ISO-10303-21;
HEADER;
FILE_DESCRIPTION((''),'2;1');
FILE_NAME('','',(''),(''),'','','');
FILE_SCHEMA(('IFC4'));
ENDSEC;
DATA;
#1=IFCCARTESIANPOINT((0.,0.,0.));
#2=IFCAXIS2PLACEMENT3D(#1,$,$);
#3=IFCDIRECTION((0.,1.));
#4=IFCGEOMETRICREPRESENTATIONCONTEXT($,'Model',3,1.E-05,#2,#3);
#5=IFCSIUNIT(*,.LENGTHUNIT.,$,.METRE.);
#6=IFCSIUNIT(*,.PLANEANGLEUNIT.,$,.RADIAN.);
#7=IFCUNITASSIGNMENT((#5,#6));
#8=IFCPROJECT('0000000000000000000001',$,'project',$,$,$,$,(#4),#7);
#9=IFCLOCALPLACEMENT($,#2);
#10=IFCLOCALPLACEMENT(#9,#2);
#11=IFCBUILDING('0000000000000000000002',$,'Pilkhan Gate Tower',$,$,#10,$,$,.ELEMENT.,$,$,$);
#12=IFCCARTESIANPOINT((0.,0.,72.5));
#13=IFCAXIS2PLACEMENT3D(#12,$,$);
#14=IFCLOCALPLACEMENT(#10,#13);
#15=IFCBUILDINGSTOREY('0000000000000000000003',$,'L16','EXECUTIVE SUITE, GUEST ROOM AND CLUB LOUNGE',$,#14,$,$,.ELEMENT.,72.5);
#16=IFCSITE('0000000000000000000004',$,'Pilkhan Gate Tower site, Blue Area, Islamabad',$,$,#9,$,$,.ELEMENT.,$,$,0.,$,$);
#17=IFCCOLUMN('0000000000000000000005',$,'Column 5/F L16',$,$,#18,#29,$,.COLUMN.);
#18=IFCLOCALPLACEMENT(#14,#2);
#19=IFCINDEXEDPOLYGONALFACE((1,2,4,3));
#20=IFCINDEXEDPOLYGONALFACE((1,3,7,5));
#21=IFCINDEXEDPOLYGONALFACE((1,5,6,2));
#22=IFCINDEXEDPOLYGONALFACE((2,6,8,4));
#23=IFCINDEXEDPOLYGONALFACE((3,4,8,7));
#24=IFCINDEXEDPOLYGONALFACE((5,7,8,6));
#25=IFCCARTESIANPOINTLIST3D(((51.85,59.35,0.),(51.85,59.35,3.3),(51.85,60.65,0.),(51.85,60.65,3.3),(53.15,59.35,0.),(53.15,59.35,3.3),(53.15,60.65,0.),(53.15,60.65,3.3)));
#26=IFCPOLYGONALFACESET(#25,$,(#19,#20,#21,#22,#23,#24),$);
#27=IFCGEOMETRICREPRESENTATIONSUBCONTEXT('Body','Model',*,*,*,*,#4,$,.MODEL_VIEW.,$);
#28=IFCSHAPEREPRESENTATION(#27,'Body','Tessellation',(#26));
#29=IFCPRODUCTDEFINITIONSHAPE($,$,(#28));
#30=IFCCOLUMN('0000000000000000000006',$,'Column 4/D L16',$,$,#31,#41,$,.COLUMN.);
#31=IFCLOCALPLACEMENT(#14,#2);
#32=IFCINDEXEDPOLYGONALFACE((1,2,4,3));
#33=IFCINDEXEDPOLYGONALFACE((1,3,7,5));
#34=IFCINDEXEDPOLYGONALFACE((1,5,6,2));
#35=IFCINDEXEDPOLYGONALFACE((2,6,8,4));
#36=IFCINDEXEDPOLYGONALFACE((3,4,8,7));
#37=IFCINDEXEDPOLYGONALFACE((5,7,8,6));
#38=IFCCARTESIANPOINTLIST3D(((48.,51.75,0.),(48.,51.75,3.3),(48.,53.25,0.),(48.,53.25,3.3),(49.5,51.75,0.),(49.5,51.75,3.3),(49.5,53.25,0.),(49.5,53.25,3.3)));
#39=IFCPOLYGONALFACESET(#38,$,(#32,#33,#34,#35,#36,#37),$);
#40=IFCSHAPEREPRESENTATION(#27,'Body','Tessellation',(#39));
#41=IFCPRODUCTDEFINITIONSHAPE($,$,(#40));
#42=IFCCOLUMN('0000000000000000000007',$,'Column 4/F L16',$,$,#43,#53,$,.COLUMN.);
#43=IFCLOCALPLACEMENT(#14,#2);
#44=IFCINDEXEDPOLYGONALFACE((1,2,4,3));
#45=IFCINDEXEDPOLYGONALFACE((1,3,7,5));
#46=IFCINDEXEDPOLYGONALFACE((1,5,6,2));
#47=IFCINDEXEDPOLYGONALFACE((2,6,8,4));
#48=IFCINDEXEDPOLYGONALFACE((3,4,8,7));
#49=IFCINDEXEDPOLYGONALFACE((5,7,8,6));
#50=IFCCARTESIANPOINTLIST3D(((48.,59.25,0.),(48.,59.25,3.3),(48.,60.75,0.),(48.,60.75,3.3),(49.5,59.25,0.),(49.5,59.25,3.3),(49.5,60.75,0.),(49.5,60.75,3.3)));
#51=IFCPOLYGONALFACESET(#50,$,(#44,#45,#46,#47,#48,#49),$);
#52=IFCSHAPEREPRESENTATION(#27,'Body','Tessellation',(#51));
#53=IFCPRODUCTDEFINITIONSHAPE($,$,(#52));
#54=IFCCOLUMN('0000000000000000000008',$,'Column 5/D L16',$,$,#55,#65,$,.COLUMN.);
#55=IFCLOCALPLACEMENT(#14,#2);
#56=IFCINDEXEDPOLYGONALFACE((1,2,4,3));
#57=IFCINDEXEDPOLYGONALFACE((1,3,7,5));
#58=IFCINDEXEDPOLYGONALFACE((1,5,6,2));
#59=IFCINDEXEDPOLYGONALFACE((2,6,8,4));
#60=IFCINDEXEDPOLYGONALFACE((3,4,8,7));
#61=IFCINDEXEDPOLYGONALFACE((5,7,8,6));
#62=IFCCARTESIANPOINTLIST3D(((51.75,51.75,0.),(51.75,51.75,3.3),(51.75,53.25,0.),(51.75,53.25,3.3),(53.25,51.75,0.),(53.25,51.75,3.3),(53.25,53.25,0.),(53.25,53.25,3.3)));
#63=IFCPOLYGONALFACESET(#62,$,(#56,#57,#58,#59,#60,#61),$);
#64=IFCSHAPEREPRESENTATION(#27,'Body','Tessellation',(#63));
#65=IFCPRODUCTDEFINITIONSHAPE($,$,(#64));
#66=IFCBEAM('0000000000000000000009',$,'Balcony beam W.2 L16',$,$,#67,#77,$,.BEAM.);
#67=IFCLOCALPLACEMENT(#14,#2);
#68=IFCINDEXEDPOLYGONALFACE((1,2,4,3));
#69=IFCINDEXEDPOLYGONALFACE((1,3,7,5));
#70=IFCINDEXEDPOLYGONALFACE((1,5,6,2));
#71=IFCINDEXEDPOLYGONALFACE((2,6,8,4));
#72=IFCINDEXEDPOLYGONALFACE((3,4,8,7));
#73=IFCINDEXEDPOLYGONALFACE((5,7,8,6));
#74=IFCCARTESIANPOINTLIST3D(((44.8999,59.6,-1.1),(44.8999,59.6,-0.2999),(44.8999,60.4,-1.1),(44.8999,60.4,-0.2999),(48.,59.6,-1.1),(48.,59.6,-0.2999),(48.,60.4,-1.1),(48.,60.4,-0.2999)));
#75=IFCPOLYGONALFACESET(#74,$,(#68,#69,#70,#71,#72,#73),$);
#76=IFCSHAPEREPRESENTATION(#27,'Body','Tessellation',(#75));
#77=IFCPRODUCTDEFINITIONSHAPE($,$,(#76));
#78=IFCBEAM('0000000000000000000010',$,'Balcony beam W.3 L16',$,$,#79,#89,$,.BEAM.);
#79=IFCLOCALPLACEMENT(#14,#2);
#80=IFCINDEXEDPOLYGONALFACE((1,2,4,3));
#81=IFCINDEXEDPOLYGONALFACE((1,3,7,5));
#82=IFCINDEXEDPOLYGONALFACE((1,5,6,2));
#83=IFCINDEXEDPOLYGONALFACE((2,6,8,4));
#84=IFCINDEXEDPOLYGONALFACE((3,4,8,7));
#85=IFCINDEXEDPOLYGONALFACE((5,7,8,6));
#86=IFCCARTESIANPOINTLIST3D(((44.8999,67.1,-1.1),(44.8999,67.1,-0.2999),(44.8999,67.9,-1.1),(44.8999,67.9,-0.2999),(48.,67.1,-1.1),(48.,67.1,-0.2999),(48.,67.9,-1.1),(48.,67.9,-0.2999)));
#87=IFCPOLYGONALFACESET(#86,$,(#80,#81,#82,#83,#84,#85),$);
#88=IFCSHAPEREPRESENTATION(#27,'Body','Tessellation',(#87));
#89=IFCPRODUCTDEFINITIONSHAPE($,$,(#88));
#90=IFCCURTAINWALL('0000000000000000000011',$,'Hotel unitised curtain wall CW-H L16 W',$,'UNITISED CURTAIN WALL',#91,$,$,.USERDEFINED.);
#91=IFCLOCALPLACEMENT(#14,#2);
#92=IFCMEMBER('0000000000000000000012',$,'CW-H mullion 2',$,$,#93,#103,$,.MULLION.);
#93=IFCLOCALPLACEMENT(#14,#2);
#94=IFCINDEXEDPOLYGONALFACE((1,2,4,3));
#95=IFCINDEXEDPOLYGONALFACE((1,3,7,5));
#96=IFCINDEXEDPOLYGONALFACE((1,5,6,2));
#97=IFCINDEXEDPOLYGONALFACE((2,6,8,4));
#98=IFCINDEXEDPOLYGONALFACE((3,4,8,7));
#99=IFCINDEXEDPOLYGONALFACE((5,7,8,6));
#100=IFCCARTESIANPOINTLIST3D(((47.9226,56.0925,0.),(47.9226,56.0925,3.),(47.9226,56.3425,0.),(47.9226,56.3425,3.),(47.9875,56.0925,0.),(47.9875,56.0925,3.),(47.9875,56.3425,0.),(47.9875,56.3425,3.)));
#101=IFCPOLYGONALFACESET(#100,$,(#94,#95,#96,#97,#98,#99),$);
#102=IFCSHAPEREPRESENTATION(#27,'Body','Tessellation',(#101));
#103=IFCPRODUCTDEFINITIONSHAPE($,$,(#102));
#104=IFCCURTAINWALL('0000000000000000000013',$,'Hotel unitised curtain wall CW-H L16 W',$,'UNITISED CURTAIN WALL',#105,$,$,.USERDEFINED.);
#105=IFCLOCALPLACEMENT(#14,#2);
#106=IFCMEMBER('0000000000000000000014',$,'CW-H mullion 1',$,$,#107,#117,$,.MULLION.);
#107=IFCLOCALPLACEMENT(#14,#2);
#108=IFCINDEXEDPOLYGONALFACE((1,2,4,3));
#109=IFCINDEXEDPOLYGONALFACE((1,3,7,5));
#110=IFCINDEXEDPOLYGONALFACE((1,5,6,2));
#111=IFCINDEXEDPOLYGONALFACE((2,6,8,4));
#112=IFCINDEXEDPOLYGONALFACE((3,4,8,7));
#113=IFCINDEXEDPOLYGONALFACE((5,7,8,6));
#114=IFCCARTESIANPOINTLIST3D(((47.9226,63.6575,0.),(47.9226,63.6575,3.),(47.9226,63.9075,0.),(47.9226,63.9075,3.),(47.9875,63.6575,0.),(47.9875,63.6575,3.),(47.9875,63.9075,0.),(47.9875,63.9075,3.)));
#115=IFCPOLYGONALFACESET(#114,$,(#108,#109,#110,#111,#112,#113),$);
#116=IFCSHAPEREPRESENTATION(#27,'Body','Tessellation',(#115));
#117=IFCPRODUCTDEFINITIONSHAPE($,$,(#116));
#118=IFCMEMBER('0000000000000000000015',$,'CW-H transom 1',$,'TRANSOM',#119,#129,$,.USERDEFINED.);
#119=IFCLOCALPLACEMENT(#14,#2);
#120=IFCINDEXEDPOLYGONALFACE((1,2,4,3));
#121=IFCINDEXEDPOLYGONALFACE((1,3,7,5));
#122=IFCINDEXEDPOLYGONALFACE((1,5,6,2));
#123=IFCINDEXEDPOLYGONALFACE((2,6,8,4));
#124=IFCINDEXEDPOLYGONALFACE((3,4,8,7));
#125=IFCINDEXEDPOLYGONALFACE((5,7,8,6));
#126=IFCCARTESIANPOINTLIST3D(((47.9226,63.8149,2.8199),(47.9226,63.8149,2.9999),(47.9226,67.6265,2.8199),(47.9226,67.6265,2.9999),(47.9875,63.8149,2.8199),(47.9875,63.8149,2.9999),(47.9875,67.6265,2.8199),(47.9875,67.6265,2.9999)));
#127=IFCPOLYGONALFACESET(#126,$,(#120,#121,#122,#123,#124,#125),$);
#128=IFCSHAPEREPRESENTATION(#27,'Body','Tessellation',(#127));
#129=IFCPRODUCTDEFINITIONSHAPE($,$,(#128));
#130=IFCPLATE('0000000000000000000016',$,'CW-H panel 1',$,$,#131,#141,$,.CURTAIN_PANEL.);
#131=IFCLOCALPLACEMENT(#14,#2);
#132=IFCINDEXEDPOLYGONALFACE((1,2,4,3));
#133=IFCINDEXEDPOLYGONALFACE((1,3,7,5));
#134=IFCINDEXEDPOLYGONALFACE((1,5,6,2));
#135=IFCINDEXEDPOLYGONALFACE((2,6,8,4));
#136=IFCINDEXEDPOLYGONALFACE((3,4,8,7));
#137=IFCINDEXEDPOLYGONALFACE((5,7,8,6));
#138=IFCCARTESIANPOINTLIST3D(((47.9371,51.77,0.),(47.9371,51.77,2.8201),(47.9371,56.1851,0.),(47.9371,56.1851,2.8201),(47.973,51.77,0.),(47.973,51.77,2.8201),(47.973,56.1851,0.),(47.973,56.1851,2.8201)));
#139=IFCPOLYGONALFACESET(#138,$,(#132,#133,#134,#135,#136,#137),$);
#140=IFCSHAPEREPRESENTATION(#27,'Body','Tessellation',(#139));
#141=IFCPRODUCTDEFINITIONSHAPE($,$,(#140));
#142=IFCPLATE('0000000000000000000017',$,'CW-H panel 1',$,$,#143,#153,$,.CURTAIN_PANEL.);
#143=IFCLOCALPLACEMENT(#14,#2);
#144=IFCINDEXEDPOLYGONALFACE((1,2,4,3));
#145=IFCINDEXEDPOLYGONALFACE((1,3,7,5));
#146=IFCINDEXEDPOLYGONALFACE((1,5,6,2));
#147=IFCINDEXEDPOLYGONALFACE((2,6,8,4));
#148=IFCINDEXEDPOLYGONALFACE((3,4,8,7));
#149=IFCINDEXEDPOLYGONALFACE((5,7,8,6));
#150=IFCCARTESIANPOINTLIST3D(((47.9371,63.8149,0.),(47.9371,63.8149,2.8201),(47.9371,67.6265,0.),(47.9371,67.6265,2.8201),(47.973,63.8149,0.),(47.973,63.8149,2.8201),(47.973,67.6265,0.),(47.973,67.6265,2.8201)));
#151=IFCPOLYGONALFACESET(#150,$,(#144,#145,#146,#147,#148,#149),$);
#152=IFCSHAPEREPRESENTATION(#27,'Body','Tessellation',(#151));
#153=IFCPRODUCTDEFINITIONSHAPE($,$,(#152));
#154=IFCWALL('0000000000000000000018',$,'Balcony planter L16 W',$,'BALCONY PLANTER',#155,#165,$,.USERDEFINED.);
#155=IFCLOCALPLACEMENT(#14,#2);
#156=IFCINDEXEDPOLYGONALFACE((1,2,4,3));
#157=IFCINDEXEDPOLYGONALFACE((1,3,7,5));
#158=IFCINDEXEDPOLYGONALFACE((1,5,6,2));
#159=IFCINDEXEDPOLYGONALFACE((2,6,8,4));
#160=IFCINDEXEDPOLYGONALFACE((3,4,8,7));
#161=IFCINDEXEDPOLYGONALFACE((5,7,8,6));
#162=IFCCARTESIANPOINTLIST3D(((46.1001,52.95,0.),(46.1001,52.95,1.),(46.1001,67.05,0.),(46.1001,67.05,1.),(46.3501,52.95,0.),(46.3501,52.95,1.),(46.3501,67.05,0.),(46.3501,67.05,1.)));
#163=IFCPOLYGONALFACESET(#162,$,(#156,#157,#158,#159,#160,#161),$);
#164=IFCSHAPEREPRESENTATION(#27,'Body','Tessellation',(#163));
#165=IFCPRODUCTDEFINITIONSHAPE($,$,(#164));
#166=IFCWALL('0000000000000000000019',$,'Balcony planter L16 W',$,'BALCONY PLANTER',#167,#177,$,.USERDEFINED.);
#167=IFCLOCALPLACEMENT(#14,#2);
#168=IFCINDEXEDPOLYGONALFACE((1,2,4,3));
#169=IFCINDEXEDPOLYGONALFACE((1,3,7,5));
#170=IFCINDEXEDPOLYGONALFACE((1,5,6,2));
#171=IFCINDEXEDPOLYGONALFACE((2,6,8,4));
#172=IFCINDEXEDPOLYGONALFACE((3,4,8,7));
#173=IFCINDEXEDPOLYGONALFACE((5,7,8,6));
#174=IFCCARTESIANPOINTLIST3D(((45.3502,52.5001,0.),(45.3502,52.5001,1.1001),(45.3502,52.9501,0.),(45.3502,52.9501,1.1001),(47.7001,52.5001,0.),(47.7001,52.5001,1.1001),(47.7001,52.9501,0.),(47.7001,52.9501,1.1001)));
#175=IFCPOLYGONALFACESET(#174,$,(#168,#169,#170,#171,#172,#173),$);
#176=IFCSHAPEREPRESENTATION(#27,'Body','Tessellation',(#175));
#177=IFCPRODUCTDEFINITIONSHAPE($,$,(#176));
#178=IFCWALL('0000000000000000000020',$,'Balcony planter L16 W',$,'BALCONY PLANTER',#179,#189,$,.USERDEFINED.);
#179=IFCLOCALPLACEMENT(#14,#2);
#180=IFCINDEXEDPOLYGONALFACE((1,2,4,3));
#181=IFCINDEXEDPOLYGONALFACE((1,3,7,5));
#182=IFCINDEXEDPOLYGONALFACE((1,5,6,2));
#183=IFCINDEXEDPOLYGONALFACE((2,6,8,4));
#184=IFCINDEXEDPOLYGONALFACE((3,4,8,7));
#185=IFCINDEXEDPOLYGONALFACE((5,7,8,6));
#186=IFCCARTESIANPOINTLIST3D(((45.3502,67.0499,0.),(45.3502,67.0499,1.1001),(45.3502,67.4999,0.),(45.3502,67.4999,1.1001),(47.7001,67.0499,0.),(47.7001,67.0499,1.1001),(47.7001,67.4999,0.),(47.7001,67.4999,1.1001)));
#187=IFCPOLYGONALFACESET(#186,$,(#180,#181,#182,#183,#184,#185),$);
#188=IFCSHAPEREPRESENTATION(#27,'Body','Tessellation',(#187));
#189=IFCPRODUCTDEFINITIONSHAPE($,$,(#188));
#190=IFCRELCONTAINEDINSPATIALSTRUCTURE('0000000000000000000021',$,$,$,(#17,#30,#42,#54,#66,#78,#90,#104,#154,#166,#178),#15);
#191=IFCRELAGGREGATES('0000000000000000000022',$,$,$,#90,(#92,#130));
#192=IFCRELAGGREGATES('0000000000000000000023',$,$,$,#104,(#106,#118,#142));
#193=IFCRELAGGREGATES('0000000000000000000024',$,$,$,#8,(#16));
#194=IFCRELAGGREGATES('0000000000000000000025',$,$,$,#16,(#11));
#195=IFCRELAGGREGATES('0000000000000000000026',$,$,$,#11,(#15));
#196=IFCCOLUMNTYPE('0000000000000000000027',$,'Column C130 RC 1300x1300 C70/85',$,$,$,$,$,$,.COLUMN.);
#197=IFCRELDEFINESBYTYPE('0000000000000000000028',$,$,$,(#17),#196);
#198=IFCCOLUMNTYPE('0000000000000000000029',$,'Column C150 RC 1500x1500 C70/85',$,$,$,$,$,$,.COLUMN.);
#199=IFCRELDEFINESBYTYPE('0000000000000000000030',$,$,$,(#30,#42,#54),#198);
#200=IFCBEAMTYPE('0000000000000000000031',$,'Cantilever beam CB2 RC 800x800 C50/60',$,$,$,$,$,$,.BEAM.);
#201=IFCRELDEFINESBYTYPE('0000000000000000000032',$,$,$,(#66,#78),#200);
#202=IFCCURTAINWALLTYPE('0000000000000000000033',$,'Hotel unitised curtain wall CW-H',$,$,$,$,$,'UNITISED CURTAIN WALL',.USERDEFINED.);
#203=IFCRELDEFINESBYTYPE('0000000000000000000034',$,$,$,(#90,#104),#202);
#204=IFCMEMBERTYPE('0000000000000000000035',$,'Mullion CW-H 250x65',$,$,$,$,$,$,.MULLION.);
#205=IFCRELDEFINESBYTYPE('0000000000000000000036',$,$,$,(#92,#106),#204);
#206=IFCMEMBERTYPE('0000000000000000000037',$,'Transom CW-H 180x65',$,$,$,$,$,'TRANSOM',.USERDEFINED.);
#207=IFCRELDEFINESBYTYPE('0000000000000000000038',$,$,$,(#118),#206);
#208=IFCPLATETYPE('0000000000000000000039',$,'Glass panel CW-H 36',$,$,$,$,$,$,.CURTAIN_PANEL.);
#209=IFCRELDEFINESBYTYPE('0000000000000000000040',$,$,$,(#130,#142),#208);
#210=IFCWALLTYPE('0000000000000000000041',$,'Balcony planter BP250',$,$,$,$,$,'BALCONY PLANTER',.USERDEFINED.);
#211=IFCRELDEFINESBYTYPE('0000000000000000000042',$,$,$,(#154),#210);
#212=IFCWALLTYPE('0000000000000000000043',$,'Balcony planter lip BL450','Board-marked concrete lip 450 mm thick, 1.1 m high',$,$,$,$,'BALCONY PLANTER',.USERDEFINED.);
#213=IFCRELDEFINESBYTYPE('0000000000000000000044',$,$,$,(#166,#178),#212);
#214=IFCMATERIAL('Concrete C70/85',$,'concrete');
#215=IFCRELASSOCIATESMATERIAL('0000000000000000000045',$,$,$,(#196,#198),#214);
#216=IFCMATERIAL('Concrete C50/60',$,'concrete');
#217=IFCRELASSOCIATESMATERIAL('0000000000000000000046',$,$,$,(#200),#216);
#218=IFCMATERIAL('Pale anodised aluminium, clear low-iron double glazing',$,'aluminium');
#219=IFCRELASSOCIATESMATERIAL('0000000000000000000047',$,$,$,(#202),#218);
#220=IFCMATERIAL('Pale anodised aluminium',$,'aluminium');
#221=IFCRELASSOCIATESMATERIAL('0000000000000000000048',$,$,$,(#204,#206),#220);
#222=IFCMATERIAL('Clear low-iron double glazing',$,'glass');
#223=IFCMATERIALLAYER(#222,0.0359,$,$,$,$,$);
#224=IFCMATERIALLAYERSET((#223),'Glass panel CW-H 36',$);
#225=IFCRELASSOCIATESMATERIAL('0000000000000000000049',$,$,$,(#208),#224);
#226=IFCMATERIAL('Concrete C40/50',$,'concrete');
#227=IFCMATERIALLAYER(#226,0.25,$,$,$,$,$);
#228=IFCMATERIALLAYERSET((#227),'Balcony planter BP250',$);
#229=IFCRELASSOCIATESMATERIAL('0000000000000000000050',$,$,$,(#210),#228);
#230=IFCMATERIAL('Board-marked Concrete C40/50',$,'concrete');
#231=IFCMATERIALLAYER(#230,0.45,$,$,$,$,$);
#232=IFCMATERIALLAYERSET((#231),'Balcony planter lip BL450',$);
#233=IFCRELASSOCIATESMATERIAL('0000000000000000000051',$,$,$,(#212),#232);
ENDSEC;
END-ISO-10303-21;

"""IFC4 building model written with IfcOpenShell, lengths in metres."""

from ifc_helpers import new_model, si_unit, direction, frame, frame_2d, origin, origin_2d, place, context, subcontext, project, spatial, rectangle, extrude, material, layer, layer_set, material_profile, profile_set, type_object, element, aggregate, save


model = new_model("IFC4")

# Units and contexts
model_context = context("Model", 3, precision=1e-05, world=origin(), true_north=direction((0.0, 1.0)))
body_context = subcontext(model_context, "Body", "Model", "MODEL_VIEW")
ifc_project = project(units=[si_unit("LENGTHUNIT", "METRE"), si_unit("PLANEANGLEUNIT", "RADIAN")], contexts=[model_context])

# Site, building, storey
site_placement = place(None, origin())
site = spatial("IfcSite", under=ifc_project, at=site_placement, Name="Pilkhan Gate Tower site, Blue Area, Islamabad", CompositionType="ELEMENT", RefElevation=0.0)
building_placement = place(site_placement, origin())
building = spatial("IfcBuilding", under=site, at=building_placement, Name="Pilkhan Gate Tower", CompositionType="ELEMENT")
storey_placement = place(building_placement, frame((0.0, 0.0, 72.5)))
storey = spatial("IfcBuildingStorey", under=building, at=storey_placement, Name="L16", Description="EXECUTIVE SUITE, GUEST ROOM AND CLUB LOUNGE", CompositionType="ELEMENT", Elevation=72.5)

# Columns
ifc_material_1 = material(Name="Concrete C70/85", Category="concrete")
ifc_material_profile_1 = material_profile(ifc_material_1, rectangle(XDim=1.3, YDim=1.3, at=origin_2d()), Name="RC 1300x1300")
ifc_profile_set_1 = profile_set([ifc_material_profile_1], Name="Concrete C70/85")
column_type_1 = type_object("IfcColumnType", Name="Column C130 RC 1300x1300 C70/85", PredefinedType="COLUMN", material=ifc_profile_set_1)
column_placement = place(storey_placement, frame((52.5, 60.0, 0.0), z_axis=(0.0, 0.0, 1.0), x_axis=(1.0, 0.0, 0.0)))
element("IfcColumn", 1, at=column_placement, inside=storey, type_object=column_type_1, Name="Column 5/F L16", PredefinedType="COLUMN", context=body_context, shape_type="SweptSolid", body=[
    extrude(rectangle(XDim=1.3, YDim=1.3, at=origin_2d()), origin(), (0.0, 0.0, 1.0), 3.3),
])
ifc_material_profile_2 = material_profile(ifc_material_1, rectangle(XDim=1.5, YDim=1.5, at=origin_2d()), Name="RC 1500x1500")
ifc_profile_set_2 = profile_set([ifc_material_profile_2], Name="Concrete C70/85")
column_type_2 = type_object("IfcColumnType", Name="Column C150 RC 1500x1500 C70/85", PredefinedType="COLUMN", material=ifc_profile_set_2)
for number, where, z_axis, x_axis, name in (
    (2, (48.75, 52.5, 0.0), (0.0, 0.0, 1.0), (1.0, 0.0, 0.0), "Column 4/D L16"),
    (3, (48.75, 60.0, 0.0), (0.0, 0.0, 1.0), (1.0, 0.0, 0.0), "Column 4/F L16"),
    (4, (52.5, 52.5, 0.0), (0.0, 0.0, 1.0), (1.0, 0.0, 0.0), "Column 5/D L16"),
):
    element("IfcColumn", number, at=place(storey_placement, frame(where, z_axis=z_axis, x_axis=x_axis)), inside=storey, type_object=column_type_2, Name=name, PredefinedType="COLUMN", context=body_context, shape_type="SweptSolid", body=[
        extrude(rectangle(XDim=1.5, YDim=1.5, at=origin_2d()), origin(), (0.0, 0.0, 1.0), 3.3),
    ])

# Beams
ifc_material_2 = material(Name="Concrete C50/60", Category="concrete")
ifc_material_profile_3 = material_profile(ifc_material_2, rectangle(XDim=0.8, YDim=0.8, at=origin_2d()), Name="RC 800x800")
ifc_profile_set_3 = profile_set([ifc_material_profile_3], Name="Concrete C50/60")
beam_type = type_object("IfcBeamType", Name="Cantilever beam CB2 RC 800x800 C50/60", PredefinedType="BEAM", material=ifc_profile_set_3)
for number, where, z_axis, x_axis, name in (
    (5, (48.0, 60.0, -0.7), (-1.0, 0.0, 0.0), (0.0, -1.0, 0.0), "Balcony beam W.2 L16"),
    (6, (48.0, 67.5, -0.7), (-1.0, 0.0, 0.0), (0.0, -1.0, 0.0), "Balcony beam W.3 L16"),
):
    element("IfcBeam", number, at=place(storey_placement, frame(where, z_axis=z_axis, x_axis=x_axis)), inside=storey, type_object=beam_type, Name=name, PredefinedType="BEAM", context=body_context, shape_type="SweptSolid", body=[
        extrude(rectangle(XDim=0.8, YDim=0.8, at=origin_2d()), origin(), (0.0, 0.0, 1.0), 3.1001),
    ])

# Curtain wall, member
ifc_material_3 = material(Name="Pale anodised aluminium, clear low-iron double glazing", Category="aluminium")
curtain_wall_type = type_object("IfcCurtainWallType", Name="Hotel unitised curtain wall CW-H", ElementType="UNITISED CURTAIN WALL", PredefinedType="USERDEFINED", material=ifc_material_3)
curtain_wall_1_placement = place(storey_placement, origin())
curtain_wall_1 = element("IfcCurtainWall", 7, at=curtain_wall_1_placement, inside=storey, type_object=curtain_wall_type, Name="Hotel unitised curtain wall CW-H L16 W", ObjectType="UNITISED CURTAIN WALL", PredefinedType="USERDEFINED")
ifc_material_4 = material(Name="Pale anodised aluminium", Category="aluminium")
ifc_material_profile_4 = material_profile(ifc_material_4, rectangle(XDim=0.0649, YDim=0.25, at=origin_2d()), Name="Mullion 250x65")
ifc_profile_set_4 = profile_set([ifc_material_profile_4], Name="Pale anodised aluminium")
member_type_1 = type_object("IfcMemberType", Name="Mullion CW-H 250x65", PredefinedType="MULLION", material=ifc_profile_set_4)
member_1_placement = place(storey_placement, frame((47.9551, 56.2175, 0.0), z_axis=(0.0, 0.0, 1.0), x_axis=(-1.0, 0.0, 0.0)))
member_1 = element("IfcMember", 8, at=member_1_placement, type_object=member_type_1, Name="CW-H mullion 2", PredefinedType="MULLION", context=body_context, shape_type="SweptSolid", body=[
    extrude(rectangle(XDim=0.0649, YDim=0.25, at=origin_2d()), origin(), (0.0, 0.0, 1.0), 3.0),
])

# Curtain wall, members
curtain_wall_2_placement = place(storey_placement, origin())
curtain_wall_2 = element("IfcCurtainWall", 9, at=curtain_wall_2_placement, inside=storey, type_object=curtain_wall_type, Name="Hotel unitised curtain wall CW-H L16 W", ObjectType="UNITISED CURTAIN WALL", PredefinedType="USERDEFINED")
member_2_placement = place(storey_placement, frame((47.9551, 63.7825, 0.0), z_axis=(0.0, 0.0, 1.0), x_axis=(-1.0, 0.0, 0.0)))
member_2 = element("IfcMember", 10, at=member_2_placement, type_object=member_type_1, Name="CW-H mullion 1", PredefinedType="MULLION", context=body_context, shape_type="SweptSolid", body=[
    extrude(rectangle(XDim=0.0649, YDim=0.25, at=origin_2d()), origin(), (0.0, 0.0, 1.0), 3.0),
])
ifc_material_profile_5 = material_profile(ifc_material_4, rectangle(XDim=0.0649, YDim=0.1799, at=origin_2d()), Name="Transom 180x65")
ifc_profile_set_5 = profile_set([ifc_material_profile_5], Name="Pale anodised aluminium")
member_type_2 = type_object("IfcMemberType", Name="Transom CW-H 180x65", ElementType="TRANSOM", PredefinedType="USERDEFINED", material=ifc_profile_set_5)
member_3_placement = place(storey_placement, frame((47.9551, 63.8149, 2.9099), z_axis=(0.0, 1.0, 0.0), x_axis=(-1.0, 0.0, 0.0)))
member_3 = element("IfcMember", 11, at=member_3_placement, type_object=member_type_2, Name="CW-H transom 1", ObjectType="TRANSOM", PredefinedType="USERDEFINED", context=body_context, shape_type="SweptSolid", body=[
    extrude(rectangle(XDim=0.0649, YDim=0.1799, at=origin_2d()), origin(), (0.0, 0.0, 1.0), 3.8115),
])

# Plates
ifc_material_5 = material(Name="Clear low-iron double glazing", Category="glass")
ifc_layer_1 = layer(ifc_material_5, 0.0359)
ifc_layer_set_1 = layer_set([ifc_layer_1], Name="Glass panel CW-H 36")
plate_type = type_object("IfcPlateType", Name="Glass panel CW-H 36", PredefinedType="CURTAIN_PANEL", material=ifc_layer_set_1)
plate_1_placement = place(storey_placement, frame((47.9551, 53.9775, 0.0), z_axis=(0.0, 0.0, 1.0), x_axis=(0.0, 1.0, 0.0)))
plate_1 = element("IfcPlate", 12, at=plate_1_placement, type_object=plate_type, Name="CW-H panel 1", PredefinedType="CURTAIN_PANEL", context=body_context, shape_type="SweptSolid", body=[
    extrude(rectangle(XDim=4.415, YDim=0.0359, at=origin_2d()), origin(), (0.0, 0.0, 1.0), 2.8201),
])
aggregate(curtain_wall_1, [member_1, plate_1])
plate_2_placement = place(storey_placement, frame((47.9551, 65.7207, 0.0), z_axis=(0.0, 0.0, 1.0), x_axis=(0.0, 1.0, 0.0)))
plate_2 = element("IfcPlate", 13, at=plate_2_placement, type_object=plate_type, Name="CW-H panel 1", PredefinedType="CURTAIN_PANEL", context=body_context, shape_type="SweptSolid", body=[
    extrude(rectangle(XDim=3.8115, YDim=0.0359, at=origin_2d()), origin(), (0.0, 0.0, 1.0), 2.8201),
])
aggregate(curtain_wall_2, [member_2, member_3, plate_2])

# Walls
ifc_material_6 = material(Name="Concrete C40/50", Category="concrete")
ifc_layer_2 = layer(ifc_material_6, 0.25)
ifc_layer_set_2 = layer_set([ifc_layer_2], Name="Balcony planter BP250")
wall_type_1 = type_object("IfcWallType", Name="Balcony planter BP250", ElementType="BALCONY PLANTER", PredefinedType="USERDEFINED", material=ifc_layer_set_2)
wall_1_placement = place(storey_placement, frame((46.2251, 52.95, 0.0), z_axis=(0.0, 0.0, 1.0), x_axis=(0.0, 1.0, 0.0)))
element("IfcWall", 14, at=wall_1_placement, inside=storey, type_object=wall_type_1, Name="Balcony planter L16 W", ObjectType="BALCONY PLANTER", PredefinedType="USERDEFINED", context=body_context, shape_type="SweptSolid", body=[
    extrude(rectangle(XDim=14.1001, YDim=0.25, at=frame_2d((7.05, 0.0))), origin(), (0.0, 0.0, 1.0), 1.0),
])
ifc_material_7 = material(Name="Board-marked Concrete C40/50", Category="concrete")
ifc_layer_3 = layer(ifc_material_7, 0.45)
ifc_layer_set_3 = layer_set([ifc_layer_3], Name="Balcony planter lip BL450")
wall_type_2 = type_object("IfcWallType", Name="Balcony planter lip BL450", Description="Board-marked concrete lip 450 mm thick, 1.1 m high", ElementType="BALCONY PLANTER", PredefinedType="USERDEFINED", material=ifc_layer_set_3)
for number, where, z_axis, x_axis, name in (
    (15, (47.7, 52.7251, 0.0), (0.0, 0.0, 1.0), (-1.0, 0.0, 0.0), "Balcony planter L16 W"),
    (16, (47.7, 67.2749, 0.0), (0.0, 0.0, 1.0), (-1.0, 0.0, 0.0), "Balcony planter L16 W"),
):
    element("IfcWall", number, at=place(storey_placement, frame(where, z_axis=z_axis, x_axis=x_axis)), inside=storey, type_object=wall_type_2, Name=name, ObjectType="BALCONY PLANTER", PredefinedType="USERDEFINED", context=body_context, shape_type="SweptSolid", body=[
        extrude(rectangle(XDim=2.3499, YDim=0.45, at=frame_2d((1.1748, 0.0))), origin(), (0.0, 0.0, 1.0), 1.1001),
    ])

save(model, "model.ifc")
